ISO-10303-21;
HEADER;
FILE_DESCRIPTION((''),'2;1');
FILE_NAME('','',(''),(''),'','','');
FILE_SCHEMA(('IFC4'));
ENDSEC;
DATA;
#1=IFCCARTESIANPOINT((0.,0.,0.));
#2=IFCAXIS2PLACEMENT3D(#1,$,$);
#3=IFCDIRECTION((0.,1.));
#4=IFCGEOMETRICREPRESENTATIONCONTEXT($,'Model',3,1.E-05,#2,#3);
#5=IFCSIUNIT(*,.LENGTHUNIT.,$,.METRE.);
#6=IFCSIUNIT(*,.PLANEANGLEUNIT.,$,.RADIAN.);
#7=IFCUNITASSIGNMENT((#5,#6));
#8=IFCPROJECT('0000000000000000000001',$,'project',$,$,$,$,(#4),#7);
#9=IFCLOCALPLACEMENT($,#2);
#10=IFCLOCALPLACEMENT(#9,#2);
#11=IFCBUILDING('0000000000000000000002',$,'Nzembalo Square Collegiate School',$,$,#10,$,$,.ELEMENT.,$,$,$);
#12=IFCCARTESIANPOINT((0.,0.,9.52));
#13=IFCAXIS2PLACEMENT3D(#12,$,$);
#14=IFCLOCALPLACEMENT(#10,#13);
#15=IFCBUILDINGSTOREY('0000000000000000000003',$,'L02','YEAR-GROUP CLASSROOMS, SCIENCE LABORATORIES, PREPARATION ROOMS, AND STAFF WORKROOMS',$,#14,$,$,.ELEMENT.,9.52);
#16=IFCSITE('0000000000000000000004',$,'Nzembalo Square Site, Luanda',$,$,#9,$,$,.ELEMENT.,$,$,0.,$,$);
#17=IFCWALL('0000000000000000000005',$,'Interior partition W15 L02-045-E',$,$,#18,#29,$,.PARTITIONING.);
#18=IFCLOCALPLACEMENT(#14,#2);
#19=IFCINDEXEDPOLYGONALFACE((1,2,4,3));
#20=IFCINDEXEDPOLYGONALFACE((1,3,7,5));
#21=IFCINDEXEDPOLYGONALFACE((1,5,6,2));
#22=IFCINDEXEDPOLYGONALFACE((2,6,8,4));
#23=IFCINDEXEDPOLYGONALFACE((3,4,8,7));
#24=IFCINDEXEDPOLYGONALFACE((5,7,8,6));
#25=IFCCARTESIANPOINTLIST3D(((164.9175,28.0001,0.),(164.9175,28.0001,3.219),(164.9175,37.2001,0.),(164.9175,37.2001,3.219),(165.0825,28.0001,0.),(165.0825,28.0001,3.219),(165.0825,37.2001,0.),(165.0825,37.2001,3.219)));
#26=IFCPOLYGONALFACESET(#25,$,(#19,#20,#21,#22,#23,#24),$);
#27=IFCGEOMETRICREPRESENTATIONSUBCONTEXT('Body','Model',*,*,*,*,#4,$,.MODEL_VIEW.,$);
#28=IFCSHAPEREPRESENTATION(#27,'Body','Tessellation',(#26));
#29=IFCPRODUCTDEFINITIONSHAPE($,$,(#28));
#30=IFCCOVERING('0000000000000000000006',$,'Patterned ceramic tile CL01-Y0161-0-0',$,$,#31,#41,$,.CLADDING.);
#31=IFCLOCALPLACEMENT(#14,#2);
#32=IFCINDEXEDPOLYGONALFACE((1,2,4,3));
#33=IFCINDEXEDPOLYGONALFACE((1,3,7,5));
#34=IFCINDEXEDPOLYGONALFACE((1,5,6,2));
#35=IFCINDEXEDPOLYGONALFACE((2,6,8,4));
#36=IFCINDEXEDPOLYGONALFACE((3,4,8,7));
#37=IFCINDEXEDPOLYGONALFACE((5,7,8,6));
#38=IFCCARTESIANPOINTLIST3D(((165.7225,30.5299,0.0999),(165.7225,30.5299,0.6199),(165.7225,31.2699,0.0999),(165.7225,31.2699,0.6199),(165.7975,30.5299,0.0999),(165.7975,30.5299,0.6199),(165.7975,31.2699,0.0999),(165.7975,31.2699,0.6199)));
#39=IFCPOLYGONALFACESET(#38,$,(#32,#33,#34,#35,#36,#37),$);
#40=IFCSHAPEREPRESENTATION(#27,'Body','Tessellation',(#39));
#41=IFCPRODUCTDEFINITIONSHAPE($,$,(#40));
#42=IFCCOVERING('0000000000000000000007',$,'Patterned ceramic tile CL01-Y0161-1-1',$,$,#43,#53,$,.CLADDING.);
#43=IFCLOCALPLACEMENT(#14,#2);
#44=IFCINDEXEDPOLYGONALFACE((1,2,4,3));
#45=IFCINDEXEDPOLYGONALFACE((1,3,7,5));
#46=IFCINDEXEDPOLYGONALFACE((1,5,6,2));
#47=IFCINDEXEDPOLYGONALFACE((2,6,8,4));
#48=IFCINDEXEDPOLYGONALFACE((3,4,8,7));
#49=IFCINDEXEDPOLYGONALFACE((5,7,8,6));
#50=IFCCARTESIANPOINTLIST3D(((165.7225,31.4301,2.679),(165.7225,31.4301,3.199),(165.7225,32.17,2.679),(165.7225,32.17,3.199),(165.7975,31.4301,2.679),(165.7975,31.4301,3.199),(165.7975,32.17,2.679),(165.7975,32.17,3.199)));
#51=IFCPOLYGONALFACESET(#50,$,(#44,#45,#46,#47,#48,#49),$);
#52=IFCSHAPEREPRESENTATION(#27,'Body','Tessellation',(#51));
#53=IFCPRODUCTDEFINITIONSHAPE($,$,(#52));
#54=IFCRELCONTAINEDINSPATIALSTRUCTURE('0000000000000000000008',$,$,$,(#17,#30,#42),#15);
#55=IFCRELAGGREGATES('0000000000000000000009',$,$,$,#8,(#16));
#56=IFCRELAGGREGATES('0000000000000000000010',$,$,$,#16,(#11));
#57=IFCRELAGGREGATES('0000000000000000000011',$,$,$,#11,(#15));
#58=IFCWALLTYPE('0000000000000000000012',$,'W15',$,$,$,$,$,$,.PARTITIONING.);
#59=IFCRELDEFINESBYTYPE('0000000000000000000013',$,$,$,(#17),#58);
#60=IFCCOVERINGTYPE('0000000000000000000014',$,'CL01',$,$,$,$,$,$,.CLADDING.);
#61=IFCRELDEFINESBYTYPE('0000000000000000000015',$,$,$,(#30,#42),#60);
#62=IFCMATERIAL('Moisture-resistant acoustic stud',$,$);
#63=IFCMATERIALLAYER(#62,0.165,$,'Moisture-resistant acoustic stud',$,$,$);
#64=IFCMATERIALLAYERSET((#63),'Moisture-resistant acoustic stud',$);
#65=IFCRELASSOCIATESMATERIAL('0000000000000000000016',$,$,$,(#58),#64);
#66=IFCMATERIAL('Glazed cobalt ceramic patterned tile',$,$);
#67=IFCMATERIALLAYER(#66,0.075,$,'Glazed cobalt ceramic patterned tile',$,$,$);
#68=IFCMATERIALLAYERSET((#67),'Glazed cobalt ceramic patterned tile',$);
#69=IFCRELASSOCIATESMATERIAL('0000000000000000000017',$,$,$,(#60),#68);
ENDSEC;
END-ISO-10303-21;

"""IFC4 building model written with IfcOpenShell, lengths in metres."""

from ifc_helpers import new_model, si_unit, direction, frame, frame_2d, origin, origin_2d, place, context, subcontext, project, spatial, rectangle, extrude, material, layer, layer_set, type_object, element, save


model = new_model("IFC4")

# Units and contexts
model_context = context("Model", 3, precision=1e-05, world=origin(), true_north=direction((0.0, 1.0)))
body_context = subcontext(model_context, "Body", "Model", "MODEL_VIEW")
ifc_project = project(units=[si_unit("LENGTHUNIT", "METRE"), si_unit("PLANEANGLEUNIT", "RADIAN")], contexts=[model_context])

# Site, building, storey
site_placement = place(None, origin())
site = spatial("IfcSite", under=ifc_project, at=site_placement, Name="Nzembalo Square Site, Luanda", CompositionType="ELEMENT", RefElevation=0.0)
building_placement = place(site_placement, origin())
building = spatial("IfcBuilding", under=site, at=building_placement, Name="Nzembalo Square Collegiate School", CompositionType="ELEMENT")
storey_placement = place(building_placement, frame((0.0, 0.0, 9.52)))
storey = spatial("IfcBuildingStorey", under=building, at=storey_placement, Name="L02", Description="YEAR-GROUP CLASSROOMS, SCIENCE LABORATORIES, PREPARATION ROOMS, AND STAFF WORKROOMS", CompositionType="ELEMENT", Elevation=9.52)

# Shared definitions
ifc_material_1 = material(Name="Moisture-resistant acoustic stud")
ifc_layer_1 = layer(ifc_material_1, 0.165, Name="Moisture-resistant acoustic stud")
ifc_layer_set_1 = layer_set([ifc_layer_1], Name="Moisture-resistant acoustic stud")
wall_type_1 = type_object("IfcWallType", Name="W15", PredefinedType="PARTITIONING", material=ifc_layer_set_1)

# Wall
wall_1_placement = place(storey_placement, frame((165.0, 28.0, 0.0), z_axis=(0.0, 0.0, 1.0), x_axis=(0.0, 1.0, 0.0)))
element("IfcWall", 1, at=wall_1_placement, inside=storey, type_object=wall_type_1, Name="Interior partition W15 L02-045-E", PredefinedType="PARTITIONING", context=body_context, shape_type="SweptSolid", body=[
    extrude(rectangle(XDim=9.2, YDim=0.165, at=frame_2d((4.6001, 0.0))), origin(), (0.0, 0.0, 1.0), 3.219),
])

# Coverings
ifc_material_2 = material(Name="Glazed cobalt ceramic patterned tile")
ifc_layer_2 = layer(ifc_material_2, 0.075, Name="Glazed cobalt ceramic patterned tile")
ifc_layer_set_2 = layer_set([ifc_layer_2], Name="Glazed cobalt ceramic patterned tile")
covering_type = type_object("IfcCoveringType", Name="CL01", PredefinedType="CLADDING", material=ifc_layer_set_2)
for number, where, z_axis, x_axis, name in (
    (2, (165.76, 30.8999, 0.0999), (0.0, 0.0, 1.0), (1.0, 0.0, 0.0), "Patterned ceramic tile CL01-Y0161-0-0"),
    (3, (165.76, 31.8, 2.679), (0.0, 0.0, 1.0), (1.0, 0.0, 0.0), "Patterned ceramic tile CL01-Y0161-1-1"),
):
    element("IfcCovering", number, at=place(storey_placement, frame(where, z_axis=z_axis, x_axis=x_axis)), inside=storey, type_object=covering_type, Name=name, PredefinedType="CLADDING", context=body_context, shape_type="SweptSolid", body=[
        extrude(rectangle(XDim=0.075, YDim=0.74, at=origin_2d()), origin(), (0.0, 0.0, 1.0), 0.52),
    ])

save(model, "model.ifc")
